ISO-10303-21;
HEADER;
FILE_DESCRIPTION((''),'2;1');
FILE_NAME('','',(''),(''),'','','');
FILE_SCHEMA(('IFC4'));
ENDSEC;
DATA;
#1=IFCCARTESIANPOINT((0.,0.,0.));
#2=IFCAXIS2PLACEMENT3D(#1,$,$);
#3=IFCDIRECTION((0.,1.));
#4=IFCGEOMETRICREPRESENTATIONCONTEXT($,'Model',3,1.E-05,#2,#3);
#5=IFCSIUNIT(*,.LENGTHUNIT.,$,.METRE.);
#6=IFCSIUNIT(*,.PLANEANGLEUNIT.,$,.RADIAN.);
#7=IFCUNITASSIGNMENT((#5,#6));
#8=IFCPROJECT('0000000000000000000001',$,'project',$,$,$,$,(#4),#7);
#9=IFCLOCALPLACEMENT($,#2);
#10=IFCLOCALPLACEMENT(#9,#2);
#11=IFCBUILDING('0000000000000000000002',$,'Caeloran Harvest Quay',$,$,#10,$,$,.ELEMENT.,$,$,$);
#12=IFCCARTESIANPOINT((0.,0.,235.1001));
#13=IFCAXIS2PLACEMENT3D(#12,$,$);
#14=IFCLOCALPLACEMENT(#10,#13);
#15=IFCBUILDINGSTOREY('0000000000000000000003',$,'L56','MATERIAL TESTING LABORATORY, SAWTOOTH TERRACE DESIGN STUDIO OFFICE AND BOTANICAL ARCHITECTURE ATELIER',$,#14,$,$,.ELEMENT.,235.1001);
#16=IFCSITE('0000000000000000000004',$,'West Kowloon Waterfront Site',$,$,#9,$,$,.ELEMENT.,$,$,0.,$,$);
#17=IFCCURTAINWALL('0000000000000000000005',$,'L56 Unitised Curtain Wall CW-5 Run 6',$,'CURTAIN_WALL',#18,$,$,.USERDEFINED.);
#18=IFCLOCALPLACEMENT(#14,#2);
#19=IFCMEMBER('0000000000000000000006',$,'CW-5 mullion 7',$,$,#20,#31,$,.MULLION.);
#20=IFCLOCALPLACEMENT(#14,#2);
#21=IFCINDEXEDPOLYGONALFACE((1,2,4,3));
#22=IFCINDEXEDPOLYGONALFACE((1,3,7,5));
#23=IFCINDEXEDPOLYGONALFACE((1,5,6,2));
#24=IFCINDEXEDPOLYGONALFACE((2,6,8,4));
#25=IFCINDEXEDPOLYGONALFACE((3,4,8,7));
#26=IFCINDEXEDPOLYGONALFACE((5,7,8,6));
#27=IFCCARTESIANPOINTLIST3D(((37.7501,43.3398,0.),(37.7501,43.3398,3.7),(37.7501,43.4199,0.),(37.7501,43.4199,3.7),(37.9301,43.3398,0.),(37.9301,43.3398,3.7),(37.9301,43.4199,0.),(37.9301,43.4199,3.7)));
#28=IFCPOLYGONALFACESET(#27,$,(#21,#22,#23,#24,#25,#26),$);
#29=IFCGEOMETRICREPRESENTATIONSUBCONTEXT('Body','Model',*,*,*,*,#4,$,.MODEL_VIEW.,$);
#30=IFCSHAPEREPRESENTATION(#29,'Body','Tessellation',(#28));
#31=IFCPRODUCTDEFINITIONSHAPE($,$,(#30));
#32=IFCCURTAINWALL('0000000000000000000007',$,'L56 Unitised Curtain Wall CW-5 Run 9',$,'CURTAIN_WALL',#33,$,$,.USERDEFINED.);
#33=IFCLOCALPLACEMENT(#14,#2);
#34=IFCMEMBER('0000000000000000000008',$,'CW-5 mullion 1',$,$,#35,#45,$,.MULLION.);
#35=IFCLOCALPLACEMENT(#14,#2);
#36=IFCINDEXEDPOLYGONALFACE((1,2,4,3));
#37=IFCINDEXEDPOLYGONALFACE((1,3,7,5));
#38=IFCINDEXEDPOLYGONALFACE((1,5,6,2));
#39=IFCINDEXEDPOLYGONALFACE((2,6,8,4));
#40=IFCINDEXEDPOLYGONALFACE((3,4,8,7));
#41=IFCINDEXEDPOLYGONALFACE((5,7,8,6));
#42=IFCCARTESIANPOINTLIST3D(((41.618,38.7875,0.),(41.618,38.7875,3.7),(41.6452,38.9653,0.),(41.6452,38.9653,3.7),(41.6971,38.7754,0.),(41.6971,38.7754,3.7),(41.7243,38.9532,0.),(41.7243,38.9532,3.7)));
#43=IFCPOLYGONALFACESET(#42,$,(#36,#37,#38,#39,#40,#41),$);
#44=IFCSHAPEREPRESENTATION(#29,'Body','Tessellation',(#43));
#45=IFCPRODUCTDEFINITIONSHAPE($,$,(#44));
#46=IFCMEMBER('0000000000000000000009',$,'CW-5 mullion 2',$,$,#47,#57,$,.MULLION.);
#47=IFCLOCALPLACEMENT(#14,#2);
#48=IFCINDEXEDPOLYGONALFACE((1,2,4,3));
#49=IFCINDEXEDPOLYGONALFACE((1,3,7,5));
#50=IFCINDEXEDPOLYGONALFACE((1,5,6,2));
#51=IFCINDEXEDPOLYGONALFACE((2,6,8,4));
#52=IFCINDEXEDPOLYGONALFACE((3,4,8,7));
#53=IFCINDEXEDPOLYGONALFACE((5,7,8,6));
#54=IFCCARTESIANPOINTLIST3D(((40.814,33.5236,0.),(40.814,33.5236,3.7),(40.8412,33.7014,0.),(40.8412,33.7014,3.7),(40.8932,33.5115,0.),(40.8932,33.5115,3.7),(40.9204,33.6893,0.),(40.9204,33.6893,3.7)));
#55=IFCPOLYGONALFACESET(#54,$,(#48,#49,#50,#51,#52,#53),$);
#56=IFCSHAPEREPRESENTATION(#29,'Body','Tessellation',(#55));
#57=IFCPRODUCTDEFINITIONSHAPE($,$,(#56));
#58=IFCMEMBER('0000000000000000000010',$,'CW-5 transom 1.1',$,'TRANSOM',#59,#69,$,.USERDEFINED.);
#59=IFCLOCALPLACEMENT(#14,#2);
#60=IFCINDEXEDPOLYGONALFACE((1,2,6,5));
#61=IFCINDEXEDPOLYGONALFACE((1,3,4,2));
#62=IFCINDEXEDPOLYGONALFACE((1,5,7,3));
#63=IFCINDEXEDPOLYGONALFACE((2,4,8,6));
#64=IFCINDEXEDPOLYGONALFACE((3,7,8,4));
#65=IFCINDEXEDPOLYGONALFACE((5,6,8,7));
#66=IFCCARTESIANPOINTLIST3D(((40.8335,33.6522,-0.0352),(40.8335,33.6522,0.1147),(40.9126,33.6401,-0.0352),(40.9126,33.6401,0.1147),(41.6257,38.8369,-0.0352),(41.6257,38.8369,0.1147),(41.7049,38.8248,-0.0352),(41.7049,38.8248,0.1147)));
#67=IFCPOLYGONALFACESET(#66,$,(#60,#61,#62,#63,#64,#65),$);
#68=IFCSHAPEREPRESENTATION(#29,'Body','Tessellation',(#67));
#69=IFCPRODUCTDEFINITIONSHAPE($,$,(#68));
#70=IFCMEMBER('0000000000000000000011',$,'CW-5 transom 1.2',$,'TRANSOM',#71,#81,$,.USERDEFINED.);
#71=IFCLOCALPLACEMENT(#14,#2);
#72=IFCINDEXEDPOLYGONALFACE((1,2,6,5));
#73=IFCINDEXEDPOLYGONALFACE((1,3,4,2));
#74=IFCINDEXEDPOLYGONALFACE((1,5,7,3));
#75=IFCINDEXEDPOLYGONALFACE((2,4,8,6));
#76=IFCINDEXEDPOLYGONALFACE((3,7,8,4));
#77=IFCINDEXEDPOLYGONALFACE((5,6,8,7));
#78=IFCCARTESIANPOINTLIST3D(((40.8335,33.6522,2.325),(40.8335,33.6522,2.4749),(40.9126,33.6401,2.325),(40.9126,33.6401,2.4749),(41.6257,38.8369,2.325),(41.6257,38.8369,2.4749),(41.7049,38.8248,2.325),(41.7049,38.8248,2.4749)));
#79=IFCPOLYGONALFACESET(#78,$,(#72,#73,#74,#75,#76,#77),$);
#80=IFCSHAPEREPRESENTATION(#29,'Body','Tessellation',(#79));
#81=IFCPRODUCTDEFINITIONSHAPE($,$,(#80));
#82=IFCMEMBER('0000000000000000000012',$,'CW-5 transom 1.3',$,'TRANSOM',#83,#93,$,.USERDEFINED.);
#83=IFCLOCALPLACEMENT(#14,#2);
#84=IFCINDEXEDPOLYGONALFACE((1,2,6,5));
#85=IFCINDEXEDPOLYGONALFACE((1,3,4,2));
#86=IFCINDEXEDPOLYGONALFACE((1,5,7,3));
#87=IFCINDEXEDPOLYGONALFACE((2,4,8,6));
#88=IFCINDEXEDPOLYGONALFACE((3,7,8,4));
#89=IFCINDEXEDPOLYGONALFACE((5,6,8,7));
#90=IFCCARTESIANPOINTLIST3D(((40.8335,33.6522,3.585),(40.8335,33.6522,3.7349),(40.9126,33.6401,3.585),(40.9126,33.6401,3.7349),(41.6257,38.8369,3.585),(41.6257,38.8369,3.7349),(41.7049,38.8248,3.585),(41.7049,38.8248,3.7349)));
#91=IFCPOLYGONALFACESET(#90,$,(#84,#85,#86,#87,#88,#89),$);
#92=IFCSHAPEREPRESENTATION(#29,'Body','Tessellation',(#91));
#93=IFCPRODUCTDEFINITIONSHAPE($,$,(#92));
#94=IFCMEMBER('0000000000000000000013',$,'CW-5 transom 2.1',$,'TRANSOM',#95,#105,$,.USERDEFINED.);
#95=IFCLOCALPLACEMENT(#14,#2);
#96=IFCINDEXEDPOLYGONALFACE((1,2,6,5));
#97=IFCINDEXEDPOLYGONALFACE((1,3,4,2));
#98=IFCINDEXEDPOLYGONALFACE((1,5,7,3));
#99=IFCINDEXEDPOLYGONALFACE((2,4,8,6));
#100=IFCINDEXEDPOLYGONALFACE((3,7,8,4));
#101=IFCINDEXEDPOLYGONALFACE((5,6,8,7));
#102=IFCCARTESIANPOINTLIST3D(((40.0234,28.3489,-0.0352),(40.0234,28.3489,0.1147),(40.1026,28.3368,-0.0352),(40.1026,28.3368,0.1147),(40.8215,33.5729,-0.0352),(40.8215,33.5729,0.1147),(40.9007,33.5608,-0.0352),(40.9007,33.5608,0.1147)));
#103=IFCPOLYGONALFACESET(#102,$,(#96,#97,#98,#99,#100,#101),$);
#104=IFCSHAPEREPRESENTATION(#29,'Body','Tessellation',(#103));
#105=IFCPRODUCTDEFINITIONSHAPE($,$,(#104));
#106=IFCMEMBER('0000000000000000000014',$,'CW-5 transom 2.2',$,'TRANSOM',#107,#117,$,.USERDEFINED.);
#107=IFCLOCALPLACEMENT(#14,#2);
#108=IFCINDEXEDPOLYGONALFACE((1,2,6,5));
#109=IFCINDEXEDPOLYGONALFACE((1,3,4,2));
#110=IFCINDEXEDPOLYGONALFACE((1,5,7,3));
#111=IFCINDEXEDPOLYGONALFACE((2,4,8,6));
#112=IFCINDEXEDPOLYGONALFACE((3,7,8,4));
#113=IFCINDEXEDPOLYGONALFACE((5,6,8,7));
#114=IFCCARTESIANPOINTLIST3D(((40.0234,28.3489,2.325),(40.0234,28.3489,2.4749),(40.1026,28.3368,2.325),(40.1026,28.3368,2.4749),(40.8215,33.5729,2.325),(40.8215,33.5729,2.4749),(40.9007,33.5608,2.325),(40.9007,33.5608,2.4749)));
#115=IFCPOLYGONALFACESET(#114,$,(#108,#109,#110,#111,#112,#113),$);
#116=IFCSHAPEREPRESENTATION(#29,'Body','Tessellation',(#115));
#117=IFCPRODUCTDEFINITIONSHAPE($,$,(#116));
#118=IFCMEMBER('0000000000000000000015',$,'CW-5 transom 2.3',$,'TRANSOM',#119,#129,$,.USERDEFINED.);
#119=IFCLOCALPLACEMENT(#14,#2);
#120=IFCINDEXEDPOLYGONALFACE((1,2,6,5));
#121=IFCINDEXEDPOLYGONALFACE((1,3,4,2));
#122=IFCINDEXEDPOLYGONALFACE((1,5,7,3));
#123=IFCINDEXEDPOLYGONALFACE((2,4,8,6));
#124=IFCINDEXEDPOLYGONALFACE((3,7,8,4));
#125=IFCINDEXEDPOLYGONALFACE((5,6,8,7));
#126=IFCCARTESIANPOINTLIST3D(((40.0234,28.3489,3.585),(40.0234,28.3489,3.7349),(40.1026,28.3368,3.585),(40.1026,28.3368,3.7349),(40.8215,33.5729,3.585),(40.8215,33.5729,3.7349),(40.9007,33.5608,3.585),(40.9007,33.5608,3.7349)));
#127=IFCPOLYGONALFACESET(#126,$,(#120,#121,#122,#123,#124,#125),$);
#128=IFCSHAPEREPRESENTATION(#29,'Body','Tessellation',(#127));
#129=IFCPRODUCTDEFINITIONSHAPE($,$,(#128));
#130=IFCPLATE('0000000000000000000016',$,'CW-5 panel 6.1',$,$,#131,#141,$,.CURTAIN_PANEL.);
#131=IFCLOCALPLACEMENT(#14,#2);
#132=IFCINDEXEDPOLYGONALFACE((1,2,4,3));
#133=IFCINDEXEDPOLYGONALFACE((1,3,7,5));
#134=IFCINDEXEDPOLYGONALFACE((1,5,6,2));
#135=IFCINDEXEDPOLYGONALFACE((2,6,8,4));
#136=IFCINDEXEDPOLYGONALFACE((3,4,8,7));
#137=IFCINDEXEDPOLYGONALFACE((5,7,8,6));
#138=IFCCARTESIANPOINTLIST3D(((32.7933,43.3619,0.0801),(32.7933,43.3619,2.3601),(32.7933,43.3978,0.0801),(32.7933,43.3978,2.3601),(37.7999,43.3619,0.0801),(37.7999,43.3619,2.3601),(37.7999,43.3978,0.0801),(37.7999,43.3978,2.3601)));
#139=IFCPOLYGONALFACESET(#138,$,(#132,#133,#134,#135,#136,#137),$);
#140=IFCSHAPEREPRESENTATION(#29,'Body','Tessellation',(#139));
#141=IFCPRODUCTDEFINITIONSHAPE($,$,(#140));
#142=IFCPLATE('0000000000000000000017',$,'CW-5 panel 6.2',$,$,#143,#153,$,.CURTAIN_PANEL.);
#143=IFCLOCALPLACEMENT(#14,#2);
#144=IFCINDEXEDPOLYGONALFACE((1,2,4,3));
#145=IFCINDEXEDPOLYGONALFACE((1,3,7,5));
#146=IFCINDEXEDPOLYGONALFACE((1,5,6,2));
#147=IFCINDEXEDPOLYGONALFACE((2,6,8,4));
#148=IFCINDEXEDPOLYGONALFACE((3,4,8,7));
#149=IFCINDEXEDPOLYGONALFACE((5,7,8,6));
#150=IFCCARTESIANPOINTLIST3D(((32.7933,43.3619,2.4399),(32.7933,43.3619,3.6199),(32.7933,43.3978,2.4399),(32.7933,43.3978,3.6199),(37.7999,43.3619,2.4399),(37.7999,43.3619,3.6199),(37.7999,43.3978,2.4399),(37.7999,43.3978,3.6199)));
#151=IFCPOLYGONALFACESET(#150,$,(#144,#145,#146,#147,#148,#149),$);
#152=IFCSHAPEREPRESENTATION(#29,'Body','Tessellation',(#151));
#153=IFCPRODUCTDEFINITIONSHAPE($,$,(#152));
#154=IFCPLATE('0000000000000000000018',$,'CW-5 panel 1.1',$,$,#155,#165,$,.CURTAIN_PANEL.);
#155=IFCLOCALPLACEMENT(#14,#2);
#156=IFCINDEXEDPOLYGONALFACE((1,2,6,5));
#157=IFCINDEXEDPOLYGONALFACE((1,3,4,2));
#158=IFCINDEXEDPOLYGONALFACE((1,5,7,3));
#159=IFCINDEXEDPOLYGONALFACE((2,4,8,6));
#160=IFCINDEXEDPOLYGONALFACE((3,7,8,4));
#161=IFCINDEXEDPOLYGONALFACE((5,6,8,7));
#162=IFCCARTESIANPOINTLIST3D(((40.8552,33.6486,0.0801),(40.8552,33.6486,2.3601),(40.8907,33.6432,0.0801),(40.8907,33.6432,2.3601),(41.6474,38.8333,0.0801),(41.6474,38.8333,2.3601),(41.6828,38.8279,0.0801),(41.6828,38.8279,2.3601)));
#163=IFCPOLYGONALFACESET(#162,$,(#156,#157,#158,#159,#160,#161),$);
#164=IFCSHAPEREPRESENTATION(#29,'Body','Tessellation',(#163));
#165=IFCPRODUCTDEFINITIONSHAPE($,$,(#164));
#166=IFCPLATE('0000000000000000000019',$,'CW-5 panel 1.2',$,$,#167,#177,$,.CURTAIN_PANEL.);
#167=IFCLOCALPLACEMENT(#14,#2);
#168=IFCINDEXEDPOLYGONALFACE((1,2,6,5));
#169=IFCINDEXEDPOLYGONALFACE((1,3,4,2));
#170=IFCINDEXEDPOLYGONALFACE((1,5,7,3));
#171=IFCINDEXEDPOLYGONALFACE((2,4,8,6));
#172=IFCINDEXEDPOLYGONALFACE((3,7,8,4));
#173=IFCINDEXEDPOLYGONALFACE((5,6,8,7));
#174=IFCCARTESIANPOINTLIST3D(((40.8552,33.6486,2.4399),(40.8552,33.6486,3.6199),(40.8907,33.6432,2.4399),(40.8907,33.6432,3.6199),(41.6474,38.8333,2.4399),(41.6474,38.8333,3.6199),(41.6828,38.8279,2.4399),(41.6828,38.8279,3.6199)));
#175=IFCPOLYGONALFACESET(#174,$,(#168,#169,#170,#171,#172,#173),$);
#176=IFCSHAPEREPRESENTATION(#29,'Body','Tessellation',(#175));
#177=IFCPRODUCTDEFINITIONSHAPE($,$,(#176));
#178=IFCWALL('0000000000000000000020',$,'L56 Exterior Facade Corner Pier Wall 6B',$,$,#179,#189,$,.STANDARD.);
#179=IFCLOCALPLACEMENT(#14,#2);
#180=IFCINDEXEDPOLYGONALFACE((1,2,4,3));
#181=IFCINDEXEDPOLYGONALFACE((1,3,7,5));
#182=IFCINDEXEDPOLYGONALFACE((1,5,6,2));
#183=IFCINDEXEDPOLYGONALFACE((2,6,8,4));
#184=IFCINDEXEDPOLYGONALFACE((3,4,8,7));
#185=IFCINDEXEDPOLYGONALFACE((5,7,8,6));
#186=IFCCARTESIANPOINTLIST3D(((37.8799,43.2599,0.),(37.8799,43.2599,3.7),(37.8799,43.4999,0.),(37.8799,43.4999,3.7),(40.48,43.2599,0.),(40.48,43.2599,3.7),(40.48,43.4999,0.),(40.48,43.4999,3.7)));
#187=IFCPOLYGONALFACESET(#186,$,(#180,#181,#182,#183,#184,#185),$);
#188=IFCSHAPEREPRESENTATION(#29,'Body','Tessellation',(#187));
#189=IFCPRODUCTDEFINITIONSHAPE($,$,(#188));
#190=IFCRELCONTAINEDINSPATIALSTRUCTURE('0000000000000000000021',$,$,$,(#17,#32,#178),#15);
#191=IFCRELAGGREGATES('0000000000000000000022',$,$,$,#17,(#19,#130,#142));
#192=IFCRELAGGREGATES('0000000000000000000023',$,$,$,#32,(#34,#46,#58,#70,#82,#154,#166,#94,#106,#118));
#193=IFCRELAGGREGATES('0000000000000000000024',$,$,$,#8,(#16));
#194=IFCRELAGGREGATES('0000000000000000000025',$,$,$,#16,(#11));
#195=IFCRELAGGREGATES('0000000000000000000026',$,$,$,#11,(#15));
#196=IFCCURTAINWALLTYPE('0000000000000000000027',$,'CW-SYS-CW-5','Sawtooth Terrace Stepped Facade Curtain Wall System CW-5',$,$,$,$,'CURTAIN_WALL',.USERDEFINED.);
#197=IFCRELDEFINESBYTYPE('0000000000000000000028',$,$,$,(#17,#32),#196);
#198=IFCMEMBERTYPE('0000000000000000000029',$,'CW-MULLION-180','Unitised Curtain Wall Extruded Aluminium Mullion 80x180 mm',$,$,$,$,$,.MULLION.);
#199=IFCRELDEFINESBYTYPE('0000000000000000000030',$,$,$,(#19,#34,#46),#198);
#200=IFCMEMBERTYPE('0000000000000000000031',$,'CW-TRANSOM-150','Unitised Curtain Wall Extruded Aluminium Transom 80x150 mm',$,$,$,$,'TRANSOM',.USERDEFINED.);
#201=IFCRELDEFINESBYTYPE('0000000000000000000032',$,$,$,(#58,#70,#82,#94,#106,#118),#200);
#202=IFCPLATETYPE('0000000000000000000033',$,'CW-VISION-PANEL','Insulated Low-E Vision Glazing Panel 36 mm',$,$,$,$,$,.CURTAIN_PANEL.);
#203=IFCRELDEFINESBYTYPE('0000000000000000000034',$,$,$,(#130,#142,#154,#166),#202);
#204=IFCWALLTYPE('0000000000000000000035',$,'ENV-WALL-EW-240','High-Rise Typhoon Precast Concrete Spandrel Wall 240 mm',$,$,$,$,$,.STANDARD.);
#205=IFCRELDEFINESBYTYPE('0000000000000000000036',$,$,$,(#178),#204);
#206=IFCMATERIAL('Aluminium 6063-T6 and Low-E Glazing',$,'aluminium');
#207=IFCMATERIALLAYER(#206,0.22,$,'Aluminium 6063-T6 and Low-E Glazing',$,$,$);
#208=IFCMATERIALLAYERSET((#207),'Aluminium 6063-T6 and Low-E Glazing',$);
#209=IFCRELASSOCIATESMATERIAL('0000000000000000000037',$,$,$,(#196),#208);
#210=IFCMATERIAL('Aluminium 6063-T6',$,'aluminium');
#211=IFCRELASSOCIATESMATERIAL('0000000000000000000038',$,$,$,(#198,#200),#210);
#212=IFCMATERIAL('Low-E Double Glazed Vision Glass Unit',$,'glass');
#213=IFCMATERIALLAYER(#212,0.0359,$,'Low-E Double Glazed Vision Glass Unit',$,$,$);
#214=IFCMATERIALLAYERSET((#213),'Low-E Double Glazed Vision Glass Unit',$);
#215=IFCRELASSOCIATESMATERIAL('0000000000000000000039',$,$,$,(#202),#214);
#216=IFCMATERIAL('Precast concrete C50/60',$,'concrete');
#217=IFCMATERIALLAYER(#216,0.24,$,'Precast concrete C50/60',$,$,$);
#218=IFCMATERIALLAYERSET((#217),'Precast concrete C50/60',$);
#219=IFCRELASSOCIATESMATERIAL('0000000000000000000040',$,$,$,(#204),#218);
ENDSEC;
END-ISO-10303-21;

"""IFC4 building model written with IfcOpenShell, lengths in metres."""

from ifc_helpers import new_model, si_unit, direction, frame, frame_2d, origin, origin_2d, place, context, subcontext, project, spatial, rectangle, extrude, material, layer, layer_set, material_profile, profile_set, type_object, element, aggregate, save


model = new_model("IFC4")

# Units and contexts
model_context = context("Model", 3, precision=1e-05, world=origin(), true_north=direction((0.0, 1.0)))
body_context = subcontext(model_context, "Body", "Model", "MODEL_VIEW")
ifc_project = project(units=[si_unit("LENGTHUNIT", "METRE"), si_unit("PLANEANGLEUNIT", "RADIAN")], contexts=[model_context])

# Site, building, storey
site_placement = place(None, origin())
site = spatial("IfcSite", under=ifc_project, at=site_placement, Name="West Kowloon Waterfront Site", CompositionType="ELEMENT", RefElevation=0.0)
building_placement = place(site_placement, origin())
building = spatial("IfcBuilding", under=site, at=building_placement, Name="Caeloran Harvest Quay", CompositionType="ELEMENT")
storey_placement = place(building_placement, frame((0.0, 0.0, 235.1001)))
storey = spatial("IfcBuildingStorey", under=building, at=storey_placement, Name="L56", Description="MATERIAL TESTING LABORATORY, SAWTOOTH TERRACE DESIGN STUDIO OFFICE AND BOTANICAL ARCHITECTURE ATELIER", CompositionType="ELEMENT", Elevation=235.1001)

# Curtain wall, member
ifc_material_1 = material(Name="Aluminium 6063-T6 and Low-E Glazing", Category="aluminium")
ifc_layer_1 = layer(ifc_material_1, 0.22, Name="Aluminium 6063-T6 and Low-E Glazing")
ifc_layer_set_1 = layer_set([ifc_layer_1], Name="Aluminium 6063-T6 and Low-E Glazing")
curtain_wall_type = type_object("IfcCurtainWallType", Name="CW-SYS-CW-5", Description="Sawtooth Terrace Stepped Facade Curtain Wall System CW-5", ElementType="CURTAIN_WALL", PredefinedType="USERDEFINED", material=ifc_layer_set_1)
curtain_wall_1_placement = place(storey_placement, origin())
curtain_wall_1 = element("IfcCurtainWall", 1, at=curtain_wall_1_placement, inside=storey, type_object=curtain_wall_type, Name="L56 Unitised Curtain Wall CW-5 Run 6", ObjectType="CURTAIN_WALL", PredefinedType="USERDEFINED")
ifc_material_2 = material(Name="Aluminium 6063-T6", Category="aluminium")
ifc_material_profile_1 = material_profile(ifc_material_2, rectangle(XDim=0.0801, YDim=0.1799, at=origin_2d()), Name="CW-MULLION-180")
ifc_profile_set_1 = profile_set([ifc_material_profile_1], Name="Aluminium 6063-T6")
member_type_1 = type_object("IfcMemberType", Name="CW-MULLION-180", Description="Unitised Curtain Wall Extruded Aluminium Mullion 80x180 mm", PredefinedType="MULLION", material=ifc_profile_set_1)
member_1_placement = place(storey_placement, frame((37.8401, 43.3799, 0.0), z_axis=(0.0, 0.0, 1.0), x_axis=(0.0, 1.0, 0.0)))
member_1 = element("IfcMember", 2, at=member_1_placement, type_object=member_type_1, Name="CW-5 mullion 7", PredefinedType="MULLION", context=body_context, shape_type="SweptSolid", body=[
    extrude(rectangle(XDim=0.0801, YDim=0.1799, at=origin_2d()), origin(), (0.0, 0.0, 1.0), 3.7),
])

# Curtain wall, members
curtain_wall_2_placement = place(storey_placement, origin())
curtain_wall_2 = element("IfcCurtainWall", 3, at=curtain_wall_2_placement, inside=storey, type_object=curtain_wall_type, Name="L56 Unitised Curtain Wall CW-5 Run 9", ObjectType="CURTAIN_WALL", PredefinedType="USERDEFINED")
member_2_placement = place(storey_placement, frame((41.6711, 38.8704, 0.0), z_axis=(0.0, 0.0, 1.0), x_axis=(0.98853, -0.151028, 0.0)))
member_2 = element("IfcMember", 4, at=member_2_placement, type_object=member_type_1, Name="CW-5 mullion 1", PredefinedType="MULLION", context=body_context, shape_type="SweptSolid", body=[
    extrude(rectangle(XDim=0.0801, YDim=0.1799, at=origin_2d()), origin(), (0.0, 0.0, 1.0), 3.7),
])
member_3_placement = place(storey_placement, frame((40.8672, 33.6064, 0.0), z_axis=(0.0, 0.0, 1.0), x_axis=(0.98853, -0.151028, 0.0)))
member_3 = element("IfcMember", 5, at=member_3_placement, type_object=member_type_1, Name="CW-5 mullion 2", PredefinedType="MULLION", context=body_context, shape_type="SweptSolid", body=[
    extrude(rectangle(XDim=0.0801, YDim=0.1799, at=origin_2d()), origin(), (0.0, 0.0, 1.0), 3.7),
])
ifc_material_profile_2 = material_profile(ifc_material_2, rectangle(XDim=0.0801, YDim=0.1499, at=origin_2d()), Name="CW-TRANSOM-150")
ifc_profile_set_2 = profile_set([ifc_material_profile_2], Name="Aluminium 6063-T6")
member_type_2 = type_object("IfcMemberType", Name="CW-TRANSOM-150", Description="Unitised Curtain Wall Extruded Aluminium Transom 80x150 mm", ElementType="TRANSOM", PredefinedType="USERDEFINED", material=ifc_profile_set_2)
member_4_placement = place(storey_placement, frame((41.6653, 38.8308, 0.0398), z_axis=(-0.151046, -0.988527, 0.0), x_axis=(0.988527, -0.151046, 0.0)))
member_4 = element("IfcMember", 6, at=member_4_placement, type_object=member_type_2, Name="CW-5 transom 1.1", ObjectType="TRANSOM", PredefinedType="USERDEFINED", context=body_context, shape_type="SweptSolid", body=[
    extrude(rectangle(XDim=0.0801, YDim=0.1499, at=origin_2d()), origin(), (0.0, 0.0, 1.0), 5.2449),
])
member_5_placement = place(storey_placement, frame((41.6653, 38.8308, 2.3999), z_axis=(-0.151046, -0.988527, 0.0), x_axis=(0.988527, -0.151046, 0.0)))
member_5 = element("IfcMember", 7, at=member_5_placement, type_object=member_type_2, Name="CW-5 transom 1.2", ObjectType="TRANSOM", PredefinedType="USERDEFINED", context=body_context, shape_type="SweptSolid", body=[
    extrude(rectangle(XDim=0.0801, YDim=0.1499, at=origin_2d()), origin(), (0.0, 0.0, 1.0), 5.2449),
])
member_6_placement = place(storey_placement, frame((41.6653, 38.8308, 3.6599), z_axis=(-0.151046, -0.988527, 0.0), x_axis=(0.988527, -0.151046, 0.0)))
member_6 = element("IfcMember", 8, at=member_6_placement, type_object=member_type_2, Name="CW-5 transom 1.3", ObjectType="TRANSOM", PredefinedType="USERDEFINED", context=body_context, shape_type="SweptSolid", body=[
    extrude(rectangle(XDim=0.0801, YDim=0.1499, at=origin_2d()), origin(), (0.0, 0.0, 1.0), 5.2449),
])
member_7_placement = place(storey_placement, frame((40.8611, 33.5669, 0.0398), z_axis=(-0.151019, -0.988531, 0.0), x_axis=(0.988531, -0.151019, 0.0)))
member_7 = element("IfcMember", 9, at=member_7_placement, type_object=member_type_2, Name="CW-5 transom 2.1", ObjectType="TRANSOM", PredefinedType="USERDEFINED", context=body_context, shape_type="SweptSolid", body=[
    extrude(rectangle(XDim=0.0801, YDim=0.1499, at=origin_2d()), origin(), (0.0, 0.0, 1.0), 5.2847),
])
member_8_placement = place(storey_placement, frame((40.8611, 33.5669, 2.3999), z_axis=(-0.151019, -0.988531, 0.0), x_axis=(0.988531, -0.151019, 0.0)))
member_8 = element("IfcMember", 10, at=member_8_placement, type_object=member_type_2, Name="CW-5 transom 2.2", ObjectType="TRANSOM", PredefinedType="USERDEFINED", context=body_context, shape_type="SweptSolid", body=[
    extrude(rectangle(XDim=0.0801, YDim=0.1499, at=origin_2d()), origin(), (0.0, 0.0, 1.0), 5.2847),
])
member_9_placement = place(storey_placement, frame((40.8611, 33.5669, 3.6599), z_axis=(-0.151019, -0.988531, 0.0), x_axis=(0.988531, -0.151019, 0.0)))
member_9 = element("IfcMember", 11, at=member_9_placement, type_object=member_type_2, Name="CW-5 transom 2.3", ObjectType="TRANSOM", PredefinedType="USERDEFINED", context=body_context, shape_type="SweptSolid", body=[
    extrude(rectangle(XDim=0.0801, YDim=0.1499, at=origin_2d()), origin(), (0.0, 0.0, 1.0), 5.2847),
])

# Plates
ifc_material_3 = material(Name="Low-E Double Glazed Vision Glass Unit", Category="glass")
ifc_layer_2 = layer(ifc_material_3, 0.0359, Name="Low-E Double Glazed Vision Glass Unit")
ifc_layer_set_2 = layer_set([ifc_layer_2], Name="Low-E Double Glazed Vision Glass Unit")
plate_type = type_object("IfcPlateType", Name="CW-VISION-PANEL", Description="Insulated Low-E Vision Glazing Panel 36 mm", PredefinedType="CURTAIN_PANEL", material=ifc_layer_set_2)
plate_1_placement = place(storey_placement, frame((35.2966, 43.3799, 0.0801), z_axis=(0.0, 0.0, 1.0), x_axis=(1.0, 0.0, 0.0)))
plate_1 = element("IfcPlate", 12, at=plate_1_placement, type_object=plate_type, Name="CW-5 panel 6.1", PredefinedType="CURTAIN_PANEL", context=body_context, shape_type="SweptSolid", body=[
    extrude(rectangle(XDim=5.0066, YDim=0.0359, at=origin_2d()), origin(), (0.0, 0.0, 1.0), 2.28),
])
plate_2_placement = place(storey_placement, frame((35.2966, 43.3799, 2.4399), z_axis=(0.0, 0.0, 1.0), x_axis=(1.0, 0.0, 0.0)))
plate_2 = element("IfcPlate", 13, at=plate_2_placement, type_object=plate_type, Name="CW-5 panel 6.2", PredefinedType="CURTAIN_PANEL", context=body_context, shape_type="SweptSolid", body=[
    extrude(rectangle(XDim=5.0066, YDim=0.0359, at=origin_2d()), origin(), (0.0, 0.0, 1.0), 1.1799),
])
aggregate(curtain_wall_1, [member_1, plate_1, plate_2])
plate_3_placement = place(storey_placement, frame((41.269, 36.2383, 0.0801), z_axis=(0.0, 0.0, 1.0), x_axis=(-0.151028, -0.98853, 0.0)))
plate_3 = element("IfcPlate", 14, at=plate_3_placement, type_object=plate_type, Name="CW-5 panel 1.1", PredefinedType="CURTAIN_PANEL", context=body_context, shape_type="SweptSolid", body=[
    extrude(rectangle(XDim=5.2449, YDim=0.0359, at=origin_2d()), origin(), (0.0, 0.0, 1.0), 2.28),
])
plate_4_placement = place(storey_placement, frame((41.269, 36.2383, 2.4399), z_axis=(0.0, 0.0, 1.0), x_axis=(-0.151028, -0.98853, 0.0)))
plate_4 = element("IfcPlate", 15, at=plate_4_placement, type_object=plate_type, Name="CW-5 panel 1.2", PredefinedType="CURTAIN_PANEL", context=body_context, shape_type="SweptSolid", body=[
    extrude(rectangle(XDim=5.2449, YDim=0.0359, at=origin_2d()), origin(), (0.0, 0.0, 1.0), 1.1799),
])
aggregate(curtain_wall_2, [member_2, member_3, member_4, member_5, member_6, plate_3, plate_4, member_7, member_8, member_9])

# Wall
ifc_material_4 = material(Name="Precast concrete C50/60", Category="concrete")
ifc_layer_3 = layer(ifc_material_4, 0.24, Name="Precast concrete C50/60")
ifc_layer_set_3 = layer_set([ifc_layer_3], Name="Precast concrete C50/60")
wall_type_1 = type_object("IfcWallType", Name="ENV-WALL-EW-240", Description="High-Rise Typhoon Precast Concrete Spandrel Wall 240 mm", PredefinedType="STANDARD", material=ifc_layer_set_3)
wall_1_placement = place(storey_placement, frame((37.8799, 43.3799, 0.0), z_axis=(0.0, 0.0, 1.0), x_axis=(1.0, 0.0, 0.0)))
element("IfcWall", 16, at=wall_1_placement, inside=storey, type_object=wall_type_1, Name="L56 Exterior Facade Corner Pier Wall 6B", PredefinedType="STANDARD", context=body_context, shape_type="SweptSolid", body=[
    extrude(rectangle(XDim=2.6001, YDim=0.24, at=frame_2d((1.3, 0.0))), origin(), (0.0, 0.0, 1.0), 3.7),
])

save(model, "model.ifc")
